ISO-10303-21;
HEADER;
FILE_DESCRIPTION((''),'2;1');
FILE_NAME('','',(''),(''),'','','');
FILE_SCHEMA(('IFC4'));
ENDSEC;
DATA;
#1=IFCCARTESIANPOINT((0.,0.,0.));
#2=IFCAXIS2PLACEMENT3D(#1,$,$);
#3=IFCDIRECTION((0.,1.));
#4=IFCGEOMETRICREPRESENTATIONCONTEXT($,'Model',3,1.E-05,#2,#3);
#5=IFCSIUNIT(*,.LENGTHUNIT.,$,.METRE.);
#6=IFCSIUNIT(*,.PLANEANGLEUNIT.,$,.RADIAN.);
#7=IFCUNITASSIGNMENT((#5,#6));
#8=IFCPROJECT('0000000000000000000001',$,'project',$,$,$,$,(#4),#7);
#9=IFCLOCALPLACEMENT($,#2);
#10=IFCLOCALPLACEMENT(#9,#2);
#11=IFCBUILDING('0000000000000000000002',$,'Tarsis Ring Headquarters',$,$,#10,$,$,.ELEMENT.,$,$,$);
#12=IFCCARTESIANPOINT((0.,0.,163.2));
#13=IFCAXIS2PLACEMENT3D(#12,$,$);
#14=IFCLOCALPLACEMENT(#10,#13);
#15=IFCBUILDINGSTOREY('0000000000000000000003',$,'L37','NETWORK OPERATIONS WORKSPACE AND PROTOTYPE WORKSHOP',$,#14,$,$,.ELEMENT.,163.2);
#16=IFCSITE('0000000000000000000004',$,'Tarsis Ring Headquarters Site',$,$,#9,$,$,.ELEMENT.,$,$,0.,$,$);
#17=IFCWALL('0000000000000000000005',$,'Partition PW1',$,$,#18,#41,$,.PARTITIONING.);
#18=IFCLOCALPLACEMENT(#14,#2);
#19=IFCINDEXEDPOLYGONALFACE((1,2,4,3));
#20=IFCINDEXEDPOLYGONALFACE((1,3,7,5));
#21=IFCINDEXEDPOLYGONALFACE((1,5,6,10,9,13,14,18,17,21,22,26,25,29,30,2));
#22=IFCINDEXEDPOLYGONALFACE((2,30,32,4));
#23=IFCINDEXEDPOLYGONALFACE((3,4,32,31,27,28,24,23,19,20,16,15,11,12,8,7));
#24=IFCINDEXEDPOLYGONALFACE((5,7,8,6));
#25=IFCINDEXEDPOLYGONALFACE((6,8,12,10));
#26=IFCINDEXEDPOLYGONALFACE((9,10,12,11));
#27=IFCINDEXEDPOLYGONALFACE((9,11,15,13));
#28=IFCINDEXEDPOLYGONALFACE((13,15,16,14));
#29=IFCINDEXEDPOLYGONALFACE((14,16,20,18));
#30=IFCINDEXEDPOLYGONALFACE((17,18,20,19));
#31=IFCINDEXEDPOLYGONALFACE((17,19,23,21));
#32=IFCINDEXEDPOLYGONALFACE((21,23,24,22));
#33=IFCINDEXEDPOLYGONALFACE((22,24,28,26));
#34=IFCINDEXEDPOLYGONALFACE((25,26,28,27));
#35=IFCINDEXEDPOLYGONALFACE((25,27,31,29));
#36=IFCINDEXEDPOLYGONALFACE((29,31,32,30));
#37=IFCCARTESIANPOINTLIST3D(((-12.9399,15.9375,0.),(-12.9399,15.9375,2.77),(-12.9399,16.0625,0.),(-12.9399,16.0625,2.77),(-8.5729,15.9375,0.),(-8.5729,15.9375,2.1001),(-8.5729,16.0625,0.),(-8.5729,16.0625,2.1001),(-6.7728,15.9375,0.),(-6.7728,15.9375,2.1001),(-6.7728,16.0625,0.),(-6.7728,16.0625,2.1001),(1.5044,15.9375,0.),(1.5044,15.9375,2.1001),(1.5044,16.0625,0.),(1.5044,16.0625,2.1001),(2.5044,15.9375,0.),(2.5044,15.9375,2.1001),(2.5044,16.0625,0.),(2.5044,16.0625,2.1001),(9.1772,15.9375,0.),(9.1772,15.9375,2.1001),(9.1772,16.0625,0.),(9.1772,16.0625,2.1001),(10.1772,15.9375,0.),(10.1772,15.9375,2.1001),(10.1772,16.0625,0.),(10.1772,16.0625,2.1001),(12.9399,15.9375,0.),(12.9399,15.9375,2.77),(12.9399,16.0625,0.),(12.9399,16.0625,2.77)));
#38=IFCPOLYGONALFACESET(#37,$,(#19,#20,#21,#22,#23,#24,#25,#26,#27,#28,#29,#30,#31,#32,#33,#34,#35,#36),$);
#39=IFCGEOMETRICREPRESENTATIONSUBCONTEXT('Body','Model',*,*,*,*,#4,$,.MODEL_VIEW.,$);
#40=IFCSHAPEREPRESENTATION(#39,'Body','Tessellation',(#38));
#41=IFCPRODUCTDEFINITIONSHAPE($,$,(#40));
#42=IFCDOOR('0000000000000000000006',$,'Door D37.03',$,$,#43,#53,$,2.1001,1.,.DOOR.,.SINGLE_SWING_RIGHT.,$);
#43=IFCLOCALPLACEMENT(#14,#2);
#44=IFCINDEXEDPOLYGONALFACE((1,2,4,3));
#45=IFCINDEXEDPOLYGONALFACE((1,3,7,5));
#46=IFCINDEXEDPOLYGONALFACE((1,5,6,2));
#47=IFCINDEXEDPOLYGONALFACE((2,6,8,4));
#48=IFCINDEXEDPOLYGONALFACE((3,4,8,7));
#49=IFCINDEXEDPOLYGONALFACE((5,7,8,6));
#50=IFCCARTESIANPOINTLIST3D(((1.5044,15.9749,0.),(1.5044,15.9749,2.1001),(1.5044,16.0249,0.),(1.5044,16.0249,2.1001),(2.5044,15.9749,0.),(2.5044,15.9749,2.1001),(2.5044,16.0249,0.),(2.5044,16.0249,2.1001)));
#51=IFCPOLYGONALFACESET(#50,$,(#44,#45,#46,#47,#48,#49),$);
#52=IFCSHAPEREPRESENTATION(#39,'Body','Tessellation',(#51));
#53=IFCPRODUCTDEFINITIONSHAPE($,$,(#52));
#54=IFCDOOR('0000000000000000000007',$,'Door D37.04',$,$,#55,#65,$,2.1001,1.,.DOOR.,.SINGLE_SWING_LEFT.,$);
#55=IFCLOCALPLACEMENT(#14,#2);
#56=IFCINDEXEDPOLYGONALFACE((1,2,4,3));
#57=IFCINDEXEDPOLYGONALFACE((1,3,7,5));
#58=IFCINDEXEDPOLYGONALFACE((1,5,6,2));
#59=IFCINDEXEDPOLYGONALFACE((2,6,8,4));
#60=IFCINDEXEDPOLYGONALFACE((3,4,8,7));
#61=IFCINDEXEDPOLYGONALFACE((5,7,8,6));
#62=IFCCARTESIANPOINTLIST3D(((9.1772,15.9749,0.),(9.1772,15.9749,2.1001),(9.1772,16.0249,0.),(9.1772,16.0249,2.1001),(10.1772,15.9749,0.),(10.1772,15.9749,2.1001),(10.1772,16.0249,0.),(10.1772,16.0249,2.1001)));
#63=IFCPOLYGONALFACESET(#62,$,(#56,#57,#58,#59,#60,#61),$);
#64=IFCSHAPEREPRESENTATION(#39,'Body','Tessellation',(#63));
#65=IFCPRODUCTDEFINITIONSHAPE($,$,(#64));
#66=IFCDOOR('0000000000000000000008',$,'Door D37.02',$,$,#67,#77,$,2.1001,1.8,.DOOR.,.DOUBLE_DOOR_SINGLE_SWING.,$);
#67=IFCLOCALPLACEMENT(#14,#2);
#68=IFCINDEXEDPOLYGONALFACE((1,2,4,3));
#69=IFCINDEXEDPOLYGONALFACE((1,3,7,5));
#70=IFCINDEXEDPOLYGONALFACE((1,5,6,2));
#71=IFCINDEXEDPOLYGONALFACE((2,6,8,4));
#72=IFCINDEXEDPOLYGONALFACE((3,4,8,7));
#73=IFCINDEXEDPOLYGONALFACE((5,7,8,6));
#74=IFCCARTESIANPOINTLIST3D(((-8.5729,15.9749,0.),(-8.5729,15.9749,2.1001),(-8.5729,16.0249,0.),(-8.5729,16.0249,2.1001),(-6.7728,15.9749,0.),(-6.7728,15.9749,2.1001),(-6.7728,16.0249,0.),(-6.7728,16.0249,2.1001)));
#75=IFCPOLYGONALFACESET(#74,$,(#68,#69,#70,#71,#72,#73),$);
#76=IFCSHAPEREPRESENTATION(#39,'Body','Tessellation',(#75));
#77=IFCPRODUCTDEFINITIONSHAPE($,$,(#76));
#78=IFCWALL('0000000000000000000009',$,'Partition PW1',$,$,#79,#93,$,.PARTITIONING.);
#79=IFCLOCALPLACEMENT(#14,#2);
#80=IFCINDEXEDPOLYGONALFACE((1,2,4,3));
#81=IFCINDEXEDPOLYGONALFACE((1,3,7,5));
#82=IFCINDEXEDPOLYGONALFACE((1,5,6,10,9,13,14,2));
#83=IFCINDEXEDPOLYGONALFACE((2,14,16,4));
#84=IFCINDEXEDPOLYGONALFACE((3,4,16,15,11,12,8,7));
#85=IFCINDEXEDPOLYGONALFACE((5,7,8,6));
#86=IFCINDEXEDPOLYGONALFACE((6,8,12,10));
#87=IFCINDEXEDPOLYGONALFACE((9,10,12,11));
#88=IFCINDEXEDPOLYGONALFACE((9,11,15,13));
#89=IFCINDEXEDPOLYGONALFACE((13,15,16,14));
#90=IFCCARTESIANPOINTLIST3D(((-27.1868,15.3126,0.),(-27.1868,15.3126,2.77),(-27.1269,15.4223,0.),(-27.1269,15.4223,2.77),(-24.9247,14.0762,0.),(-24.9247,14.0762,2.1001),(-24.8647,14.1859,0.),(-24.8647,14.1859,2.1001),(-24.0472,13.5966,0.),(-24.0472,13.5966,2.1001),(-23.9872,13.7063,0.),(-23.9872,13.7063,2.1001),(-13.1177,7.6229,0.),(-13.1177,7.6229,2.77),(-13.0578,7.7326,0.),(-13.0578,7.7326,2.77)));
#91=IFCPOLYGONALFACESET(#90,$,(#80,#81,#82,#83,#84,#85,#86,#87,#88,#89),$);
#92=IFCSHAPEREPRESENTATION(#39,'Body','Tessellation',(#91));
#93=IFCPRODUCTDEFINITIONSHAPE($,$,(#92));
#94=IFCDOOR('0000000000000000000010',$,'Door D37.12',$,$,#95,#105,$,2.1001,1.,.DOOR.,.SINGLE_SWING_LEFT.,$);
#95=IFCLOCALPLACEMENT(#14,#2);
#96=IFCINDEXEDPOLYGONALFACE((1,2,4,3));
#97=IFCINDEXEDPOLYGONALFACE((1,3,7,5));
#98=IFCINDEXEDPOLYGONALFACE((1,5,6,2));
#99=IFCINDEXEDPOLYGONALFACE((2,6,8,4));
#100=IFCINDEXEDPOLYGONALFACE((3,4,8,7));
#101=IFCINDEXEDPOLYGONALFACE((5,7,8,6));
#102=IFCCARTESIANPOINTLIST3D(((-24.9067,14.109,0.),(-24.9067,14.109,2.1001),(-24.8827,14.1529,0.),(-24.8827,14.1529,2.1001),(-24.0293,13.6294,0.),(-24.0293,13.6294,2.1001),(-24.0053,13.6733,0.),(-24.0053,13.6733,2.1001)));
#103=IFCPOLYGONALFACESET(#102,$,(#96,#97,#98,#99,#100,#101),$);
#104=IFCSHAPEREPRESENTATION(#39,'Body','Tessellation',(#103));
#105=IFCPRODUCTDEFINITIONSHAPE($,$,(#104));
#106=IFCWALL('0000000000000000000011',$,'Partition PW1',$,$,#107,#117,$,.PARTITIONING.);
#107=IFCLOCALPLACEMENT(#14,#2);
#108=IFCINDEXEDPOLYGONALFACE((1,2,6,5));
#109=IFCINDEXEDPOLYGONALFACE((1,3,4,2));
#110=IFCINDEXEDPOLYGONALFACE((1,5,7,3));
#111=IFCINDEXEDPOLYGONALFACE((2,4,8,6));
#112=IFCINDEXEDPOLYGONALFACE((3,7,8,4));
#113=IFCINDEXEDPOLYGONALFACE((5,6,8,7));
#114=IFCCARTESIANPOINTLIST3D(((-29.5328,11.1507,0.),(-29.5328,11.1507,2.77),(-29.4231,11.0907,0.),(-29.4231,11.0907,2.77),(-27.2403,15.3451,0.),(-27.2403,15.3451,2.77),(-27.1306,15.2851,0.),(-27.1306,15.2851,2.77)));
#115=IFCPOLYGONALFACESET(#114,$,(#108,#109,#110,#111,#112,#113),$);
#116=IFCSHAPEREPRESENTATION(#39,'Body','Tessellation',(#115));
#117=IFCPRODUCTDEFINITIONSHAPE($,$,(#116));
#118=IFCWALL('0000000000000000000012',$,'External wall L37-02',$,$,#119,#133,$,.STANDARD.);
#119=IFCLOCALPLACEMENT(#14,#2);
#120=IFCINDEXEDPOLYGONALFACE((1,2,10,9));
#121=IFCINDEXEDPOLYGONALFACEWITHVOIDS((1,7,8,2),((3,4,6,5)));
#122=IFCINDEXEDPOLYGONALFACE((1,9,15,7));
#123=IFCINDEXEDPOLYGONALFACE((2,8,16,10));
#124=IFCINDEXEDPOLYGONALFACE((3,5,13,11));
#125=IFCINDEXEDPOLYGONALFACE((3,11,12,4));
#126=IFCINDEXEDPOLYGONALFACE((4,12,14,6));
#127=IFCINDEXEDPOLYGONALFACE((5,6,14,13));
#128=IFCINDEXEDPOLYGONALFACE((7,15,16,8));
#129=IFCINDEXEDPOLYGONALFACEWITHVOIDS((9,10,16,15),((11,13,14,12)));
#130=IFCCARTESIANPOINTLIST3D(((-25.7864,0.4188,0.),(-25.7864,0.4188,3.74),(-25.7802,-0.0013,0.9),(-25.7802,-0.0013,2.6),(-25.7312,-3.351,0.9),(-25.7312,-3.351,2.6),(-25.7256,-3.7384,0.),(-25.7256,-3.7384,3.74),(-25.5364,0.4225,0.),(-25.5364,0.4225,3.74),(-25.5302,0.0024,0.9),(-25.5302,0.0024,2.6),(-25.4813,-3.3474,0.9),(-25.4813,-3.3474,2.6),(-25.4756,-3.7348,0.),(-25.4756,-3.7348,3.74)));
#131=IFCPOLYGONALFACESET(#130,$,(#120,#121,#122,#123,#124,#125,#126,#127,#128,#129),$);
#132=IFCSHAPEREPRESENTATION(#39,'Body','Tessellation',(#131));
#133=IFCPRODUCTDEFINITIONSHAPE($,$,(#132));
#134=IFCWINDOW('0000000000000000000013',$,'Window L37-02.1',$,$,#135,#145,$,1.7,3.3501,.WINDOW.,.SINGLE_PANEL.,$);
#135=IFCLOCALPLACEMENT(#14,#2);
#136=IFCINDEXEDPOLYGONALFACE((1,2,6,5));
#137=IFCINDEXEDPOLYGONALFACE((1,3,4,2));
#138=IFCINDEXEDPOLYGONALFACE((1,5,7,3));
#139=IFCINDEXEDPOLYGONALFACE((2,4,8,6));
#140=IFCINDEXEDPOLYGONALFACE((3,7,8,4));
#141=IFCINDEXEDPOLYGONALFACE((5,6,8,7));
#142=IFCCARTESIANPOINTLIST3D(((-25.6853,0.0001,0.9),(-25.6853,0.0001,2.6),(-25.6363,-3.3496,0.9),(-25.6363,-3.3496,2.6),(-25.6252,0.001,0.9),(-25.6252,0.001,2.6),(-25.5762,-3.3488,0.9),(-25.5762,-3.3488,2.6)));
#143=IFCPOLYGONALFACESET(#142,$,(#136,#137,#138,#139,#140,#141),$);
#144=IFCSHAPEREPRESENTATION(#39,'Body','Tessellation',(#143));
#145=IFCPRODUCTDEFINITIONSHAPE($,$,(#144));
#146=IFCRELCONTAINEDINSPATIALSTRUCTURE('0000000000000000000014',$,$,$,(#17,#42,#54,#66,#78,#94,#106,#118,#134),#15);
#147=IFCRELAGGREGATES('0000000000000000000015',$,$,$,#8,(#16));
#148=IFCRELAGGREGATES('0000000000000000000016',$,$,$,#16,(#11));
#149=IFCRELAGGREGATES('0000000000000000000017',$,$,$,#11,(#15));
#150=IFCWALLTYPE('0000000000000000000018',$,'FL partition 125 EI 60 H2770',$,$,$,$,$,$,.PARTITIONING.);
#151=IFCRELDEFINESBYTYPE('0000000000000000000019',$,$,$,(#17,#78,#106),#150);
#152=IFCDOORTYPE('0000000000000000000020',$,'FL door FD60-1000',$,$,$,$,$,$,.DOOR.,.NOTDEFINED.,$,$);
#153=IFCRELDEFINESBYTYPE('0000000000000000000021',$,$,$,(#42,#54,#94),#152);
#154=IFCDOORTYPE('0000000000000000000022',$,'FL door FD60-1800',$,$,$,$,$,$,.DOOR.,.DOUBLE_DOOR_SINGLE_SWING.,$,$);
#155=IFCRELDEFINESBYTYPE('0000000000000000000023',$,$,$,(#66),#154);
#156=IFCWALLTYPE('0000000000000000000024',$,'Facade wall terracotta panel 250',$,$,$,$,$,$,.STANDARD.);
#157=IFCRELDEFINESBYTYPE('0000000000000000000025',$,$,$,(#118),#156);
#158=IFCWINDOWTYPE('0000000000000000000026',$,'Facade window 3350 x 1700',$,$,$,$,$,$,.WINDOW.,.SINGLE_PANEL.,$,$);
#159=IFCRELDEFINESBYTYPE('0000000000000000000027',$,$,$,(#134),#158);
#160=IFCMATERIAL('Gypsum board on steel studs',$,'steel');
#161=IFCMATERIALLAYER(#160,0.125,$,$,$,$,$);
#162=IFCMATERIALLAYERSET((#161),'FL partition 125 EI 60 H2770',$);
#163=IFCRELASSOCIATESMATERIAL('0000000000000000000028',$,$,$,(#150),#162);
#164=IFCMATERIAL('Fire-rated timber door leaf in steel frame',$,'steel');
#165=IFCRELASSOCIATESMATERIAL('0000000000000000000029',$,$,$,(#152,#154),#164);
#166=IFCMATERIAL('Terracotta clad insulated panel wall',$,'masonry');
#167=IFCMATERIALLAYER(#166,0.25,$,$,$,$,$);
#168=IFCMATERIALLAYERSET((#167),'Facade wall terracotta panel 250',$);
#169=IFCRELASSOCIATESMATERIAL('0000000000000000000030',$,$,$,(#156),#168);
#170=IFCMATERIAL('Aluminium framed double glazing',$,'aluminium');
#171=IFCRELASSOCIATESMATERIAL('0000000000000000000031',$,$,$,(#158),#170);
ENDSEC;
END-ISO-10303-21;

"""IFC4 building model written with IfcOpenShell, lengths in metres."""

from ifc_helpers import new_model, si_unit, direction, frame, frame_2d, origin, place, context, subcontext, project, spatial, rectangle, extrude, material, layer, layer_set, type_object, element, fill, save


model = new_model("IFC4")

# Units and contexts
model_context = context("Model", 3, precision=1e-05, world=origin(), true_north=direction((0.0, 1.0)))
body_context = subcontext(model_context, "Body", "Model", "MODEL_VIEW")
ifc_project = project(units=[si_unit("LENGTHUNIT", "METRE"), si_unit("PLANEANGLEUNIT", "RADIAN")], contexts=[model_context])

# Site, building, storey
site_placement = place(None, origin())
site = spatial("IfcSite", under=ifc_project, at=site_placement, Name="Tarsis Ring Headquarters Site", CompositionType="ELEMENT", RefElevation=0.0)
building_placement = place(site_placement, origin())
building = spatial("IfcBuilding", under=site, at=building_placement, Name="Tarsis Ring Headquarters", CompositionType="ELEMENT")
storey_placement = place(building_placement, frame((0.0, 0.0, 163.2)))
storey = spatial("IfcBuildingStorey", under=building, at=storey_placement, Name="L37", Description="NETWORK OPERATIONS WORKSPACE AND PROTOTYPE WORKSHOP", CompositionType="ELEMENT", Elevation=163.2)

# Shared definitions
ifc_material_1 = material(Name="Gypsum board on steel studs", Category="steel")

# Wall, openings, doors
ifc_layer_1 = layer(ifc_material_1, 0.125)
ifc_layer_set_1 = layer_set([ifc_layer_1], Name="FL partition 125 EI 60 H2770")
wall_type_1 = type_object("IfcWallType", Name="FL partition 125 EI 60 H2770", PredefinedType="PARTITIONING", material=ifc_layer_set_1)
wall_1_placement = place(storey_placement, frame((-12.9399, 16.0, 0.0), z_axis=(0.0, 0.0, 1.0), x_axis=(1.0, 0.0, 0.0)))
wall_1 = element("IfcWall", 1, at=wall_1_placement, inside=storey, type_object=wall_type_1, Name="Partition PW1", PredefinedType="PARTITIONING", context=body_context, shape_type="SweptSolid", body=[
    extrude(rectangle(XDim=25.8799, YDim=0.125, at=frame_2d((12.9399, 0.0))), origin(), (0.0, 0.0, 1.0), 2.77),
])
opening_1_placement = place(wall_1_placement, frame((4.3672, 0.0, 0.0)))
opening_1 = element("IfcOpeningElement", 2, at=opening_1_placement, cuts=wall_1, PredefinedType="OPENING", context=body_context, shape_type="SweptSolid", body=[
    extrude(rectangle(XDim=1.8, YDim=2.1001, at=frame_2d((0.8999, 1.05))), frame((0.0, 0.0725, 0.0), z_axis=(0.0, -1.0, 0.0), x_axis=(1.0, 0.0, 0.0)), (0.0, 0.0, 1.0), 0.145),
])
opening_2_placement = place(wall_1_placement, frame((14.4443, 0.0, 0.0)))
opening_2 = element("IfcOpeningElement", 3, at=opening_2_placement, cuts=wall_1, PredefinedType="OPENING", context=body_context, shape_type="SweptSolid", body=[
    extrude(rectangle(XDim=1.0, YDim=2.1001, at=frame_2d((0.5, 1.05))), frame((0.0, 0.0725, 0.0), z_axis=(0.0, -1.0, 0.0), x_axis=(1.0, 0.0, 0.0)), (0.0, 0.0, 1.0), 0.145),
])
opening_3_placement = place(wall_1_placement, frame((22.1172, 0.0, 0.0)))
opening_3 = element("IfcOpeningElement", 4, at=opening_3_placement, cuts=wall_1, PredefinedType="OPENING", context=body_context, shape_type="SweptSolid", body=[
    extrude(rectangle(XDim=1.0, YDim=2.1001, at=frame_2d((0.5, 1.05))), frame((0.0, 0.0725, 0.0), z_axis=(0.0, -1.0, 0.0), x_axis=(1.0, 0.0, 0.0)), (0.0, 0.0, 1.0), 0.145),
])
ifc_material_2 = material(Name="Fire-rated timber door leaf in steel frame", Category="steel")
door_type_1 = type_object("IfcDoorType", Name="FL door FD60-1000", OperationType="NOTDEFINED", PredefinedType="DOOR", material=ifc_material_2)
door_1_placement = place(opening_2_placement, origin())
door_1 = element("IfcDoor", 5, at=door_1_placement, inside=storey, type_object=door_type_1, Name="Door D37.03", OperationType="SINGLE_SWING_RIGHT", OverallHeight=2.1001, OverallWidth=1.0, PredefinedType="DOOR", context=body_context, shape_type="SweptSolid", body=[
    extrude(rectangle(XDim=1.0, YDim=2.1001, at=frame_2d((0.5, 1.05))), frame((0.0, 0.0249, 0.0), z_axis=(0.0, -1.0, 0.0), x_axis=(1.0, 0.0, 0.0)), (0.0, 0.0, 1.0), 0.05),
])
fill(opening_2, door_1)
door_2_placement = place(opening_3_placement, origin())
door_2 = element("IfcDoor", 6, at=door_2_placement, inside=storey, type_object=door_type_1, Name="Door D37.04", OperationType="SINGLE_SWING_LEFT", OverallHeight=2.1001, OverallWidth=1.0, PredefinedType="DOOR", context=body_context, shape_type="SweptSolid", body=[
    extrude(rectangle(XDim=1.0, YDim=2.1001, at=frame_2d((0.5, 1.05))), frame((0.0, 0.0249, 0.0), z_axis=(0.0, -1.0, 0.0), x_axis=(1.0, 0.0, 0.0)), (0.0, 0.0, 1.0), 0.05),
])
fill(opening_3, door_2)
door_type_2 = type_object("IfcDoorType", Name="FL door FD60-1800", OperationType="DOUBLE_DOOR_SINGLE_SWING", PredefinedType="DOOR", material=ifc_material_2)
door_3_placement = place(opening_1_placement, origin())
door_3 = element("IfcDoor", 7, at=door_3_placement, inside=storey, type_object=door_type_2, Name="Door D37.02", OperationType="DOUBLE_DOOR_SINGLE_SWING", OverallHeight=2.1001, OverallWidth=1.8, PredefinedType="DOOR", context=body_context, shape_type="SweptSolid", body=[
    extrude(rectangle(XDim=1.8, YDim=2.1001, at=frame_2d((0.8999, 1.05))), frame((0.0, 0.0249, 0.0), z_axis=(0.0, -1.0, 0.0), x_axis=(1.0, 0.0, 0.0)), (0.0, 0.0, 1.0), 0.05),
])
fill(opening_1, door_3)

# Wall, opening, door
wall_2_placement = place(storey_placement, frame((-27.1567, 15.3674, 0.0), z_axis=(0.0, 0.0, 1.0), x_axis=(0.877485, -0.479604, 0.0)))
wall_2 = element("IfcWall", 8, at=wall_2_placement, inside=storey, type_object=wall_type_1, Name="Partition PW1", PredefinedType="PARTITIONING", context=body_context, shape_type="SweptSolid", body=[
    extrude(rectangle(XDim=16.0334, YDim=0.125, at=frame_2d((8.0166, 0.0))), origin(), (0.0, 0.0, 1.0), 2.77),
])
opening_4_placement = place(wall_2_placement, frame((2.5779, 0.0, 0.0)))
opening_4 = element("IfcOpeningElement", 9, at=opening_4_placement, cuts=wall_2, PredefinedType="OPENING", context=body_context, shape_type="SweptSolid", body=[
    extrude(rectangle(XDim=1.0, YDim=2.1001, at=frame_2d((0.5, 1.05))), frame((0.0, 0.0725, 0.0), z_axis=(0.0, -1.0, 0.0), x_axis=(1.0, 0.0, 0.0)), (0.0, 0.0, 1.0), 0.145),
])
door_4_placement = place(opening_4_placement, origin())
door_4 = element("IfcDoor", 10, at=door_4_placement, inside=storey, type_object=door_type_1, Name="Door D37.12", OperationType="SINGLE_SWING_LEFT", OverallHeight=2.1001, OverallWidth=1.0, PredefinedType="DOOR", context=body_context, shape_type="SweptSolid", body=[
    extrude(rectangle(XDim=1.0, YDim=2.1001, at=frame_2d((0.5, 1.05))), frame((0.0, 0.0249, 0.0), z_axis=(0.0, -1.0, 0.0), x_axis=(1.0, 0.0, 0.0)), (0.0, 0.0, 1.0), 0.05),
])
fill(opening_4, door_4)

# Wall
wall_3_placement = place(storey_placement, frame((-29.478, 11.1206, 0.0), z_axis=(0.0, 0.0, 1.0), x_axis=(0.479603, 0.877485, 0.0)))
element("IfcWall", 11, at=wall_3_placement, inside=storey, type_object=wall_type_1, Name="Partition PW1", PredefinedType="PARTITIONING", context=body_context, shape_type="SweptSolid", body=[
    extrude(rectangle(XDim=4.78, YDim=0.125, at=frame_2d((2.3901, 0.0))), origin(), (0.0, 0.0, 1.0), 2.77),
])

# Wall, opening, window
ifc_material_3 = material(Name="Terracotta clad insulated panel wall", Category="masonry")
ifc_layer_2 = layer(ifc_material_3, 0.25)
ifc_layer_set_2 = layer_set([ifc_layer_2], Name="Facade wall terracotta panel 250")
wall_type_2 = type_object("IfcWallType", Name="Facade wall terracotta panel 250", PredefinedType="STANDARD", material=ifc_layer_set_2)
wall_4_placement = place(storey_placement, frame((-25.6614, 0.4207, 0.0), z_axis=(0.0, 0.0, 1.0), x_axis=(0.014621, -0.999893, 0.0)))
wall_4 = element("IfcWall", 12, at=wall_4_placement, inside=storey, type_object=wall_type_2, Name="External wall L37-02", PredefinedType="STANDARD", context=body_context, shape_type="SweptSolid", body=[
    extrude(rectangle(XDim=4.1577, YDim=0.25, at=frame_2d((2.0789, 0.0))), origin(), (0.0, 0.0, 1.0), 3.74),
])
opening_5_placement = place(wall_4_placement, frame((0.4202, 0.0, 0.8999)))
opening_5 = element("IfcOpeningElement", 13, at=opening_5_placement, cuts=wall_4, PredefinedType="OPENING", context=body_context, shape_type="SweptSolid", body=[
    extrude(rectangle(XDim=3.3501, YDim=1.7, at=frame_2d((1.675, 0.8501))), frame((0.0, 0.135, 0.0), z_axis=(0.0, -1.0, 0.0), x_axis=(1.0, 0.0, 0.0)), (0.0, 0.0, 1.0), 0.27),
])
ifc_material_4 = material(Name="Aluminium framed double glazing", Category="aluminium")
window_type = type_object("IfcWindowType", Name="Facade window 3350 x 1700", PartitioningType="SINGLE_PANEL", PredefinedType="WINDOW", material=ifc_material_4)
window_placement = place(opening_5_placement, origin())
window = element("IfcWindow", 14, at=window_placement, inside=storey, type_object=window_type, Name="Window L37-02.1", OverallHeight=1.7, OverallWidth=3.3501, PartitioningType="SINGLE_PANEL", PredefinedType="WINDOW", context=body_context, shape_type="SweptSolid", body=[
    extrude(rectangle(XDim=3.3501, YDim=1.7, at=frame_2d((1.675, 0.8501))), frame((0.0, 0.03, 0.0), z_axis=(0.0, -1.0, 0.0), x_axis=(1.0, 0.0, 0.0)), (0.0, 0.0, 1.0), 0.0601),
])
fill(opening_5, window)

save(model, "model.ifc")
